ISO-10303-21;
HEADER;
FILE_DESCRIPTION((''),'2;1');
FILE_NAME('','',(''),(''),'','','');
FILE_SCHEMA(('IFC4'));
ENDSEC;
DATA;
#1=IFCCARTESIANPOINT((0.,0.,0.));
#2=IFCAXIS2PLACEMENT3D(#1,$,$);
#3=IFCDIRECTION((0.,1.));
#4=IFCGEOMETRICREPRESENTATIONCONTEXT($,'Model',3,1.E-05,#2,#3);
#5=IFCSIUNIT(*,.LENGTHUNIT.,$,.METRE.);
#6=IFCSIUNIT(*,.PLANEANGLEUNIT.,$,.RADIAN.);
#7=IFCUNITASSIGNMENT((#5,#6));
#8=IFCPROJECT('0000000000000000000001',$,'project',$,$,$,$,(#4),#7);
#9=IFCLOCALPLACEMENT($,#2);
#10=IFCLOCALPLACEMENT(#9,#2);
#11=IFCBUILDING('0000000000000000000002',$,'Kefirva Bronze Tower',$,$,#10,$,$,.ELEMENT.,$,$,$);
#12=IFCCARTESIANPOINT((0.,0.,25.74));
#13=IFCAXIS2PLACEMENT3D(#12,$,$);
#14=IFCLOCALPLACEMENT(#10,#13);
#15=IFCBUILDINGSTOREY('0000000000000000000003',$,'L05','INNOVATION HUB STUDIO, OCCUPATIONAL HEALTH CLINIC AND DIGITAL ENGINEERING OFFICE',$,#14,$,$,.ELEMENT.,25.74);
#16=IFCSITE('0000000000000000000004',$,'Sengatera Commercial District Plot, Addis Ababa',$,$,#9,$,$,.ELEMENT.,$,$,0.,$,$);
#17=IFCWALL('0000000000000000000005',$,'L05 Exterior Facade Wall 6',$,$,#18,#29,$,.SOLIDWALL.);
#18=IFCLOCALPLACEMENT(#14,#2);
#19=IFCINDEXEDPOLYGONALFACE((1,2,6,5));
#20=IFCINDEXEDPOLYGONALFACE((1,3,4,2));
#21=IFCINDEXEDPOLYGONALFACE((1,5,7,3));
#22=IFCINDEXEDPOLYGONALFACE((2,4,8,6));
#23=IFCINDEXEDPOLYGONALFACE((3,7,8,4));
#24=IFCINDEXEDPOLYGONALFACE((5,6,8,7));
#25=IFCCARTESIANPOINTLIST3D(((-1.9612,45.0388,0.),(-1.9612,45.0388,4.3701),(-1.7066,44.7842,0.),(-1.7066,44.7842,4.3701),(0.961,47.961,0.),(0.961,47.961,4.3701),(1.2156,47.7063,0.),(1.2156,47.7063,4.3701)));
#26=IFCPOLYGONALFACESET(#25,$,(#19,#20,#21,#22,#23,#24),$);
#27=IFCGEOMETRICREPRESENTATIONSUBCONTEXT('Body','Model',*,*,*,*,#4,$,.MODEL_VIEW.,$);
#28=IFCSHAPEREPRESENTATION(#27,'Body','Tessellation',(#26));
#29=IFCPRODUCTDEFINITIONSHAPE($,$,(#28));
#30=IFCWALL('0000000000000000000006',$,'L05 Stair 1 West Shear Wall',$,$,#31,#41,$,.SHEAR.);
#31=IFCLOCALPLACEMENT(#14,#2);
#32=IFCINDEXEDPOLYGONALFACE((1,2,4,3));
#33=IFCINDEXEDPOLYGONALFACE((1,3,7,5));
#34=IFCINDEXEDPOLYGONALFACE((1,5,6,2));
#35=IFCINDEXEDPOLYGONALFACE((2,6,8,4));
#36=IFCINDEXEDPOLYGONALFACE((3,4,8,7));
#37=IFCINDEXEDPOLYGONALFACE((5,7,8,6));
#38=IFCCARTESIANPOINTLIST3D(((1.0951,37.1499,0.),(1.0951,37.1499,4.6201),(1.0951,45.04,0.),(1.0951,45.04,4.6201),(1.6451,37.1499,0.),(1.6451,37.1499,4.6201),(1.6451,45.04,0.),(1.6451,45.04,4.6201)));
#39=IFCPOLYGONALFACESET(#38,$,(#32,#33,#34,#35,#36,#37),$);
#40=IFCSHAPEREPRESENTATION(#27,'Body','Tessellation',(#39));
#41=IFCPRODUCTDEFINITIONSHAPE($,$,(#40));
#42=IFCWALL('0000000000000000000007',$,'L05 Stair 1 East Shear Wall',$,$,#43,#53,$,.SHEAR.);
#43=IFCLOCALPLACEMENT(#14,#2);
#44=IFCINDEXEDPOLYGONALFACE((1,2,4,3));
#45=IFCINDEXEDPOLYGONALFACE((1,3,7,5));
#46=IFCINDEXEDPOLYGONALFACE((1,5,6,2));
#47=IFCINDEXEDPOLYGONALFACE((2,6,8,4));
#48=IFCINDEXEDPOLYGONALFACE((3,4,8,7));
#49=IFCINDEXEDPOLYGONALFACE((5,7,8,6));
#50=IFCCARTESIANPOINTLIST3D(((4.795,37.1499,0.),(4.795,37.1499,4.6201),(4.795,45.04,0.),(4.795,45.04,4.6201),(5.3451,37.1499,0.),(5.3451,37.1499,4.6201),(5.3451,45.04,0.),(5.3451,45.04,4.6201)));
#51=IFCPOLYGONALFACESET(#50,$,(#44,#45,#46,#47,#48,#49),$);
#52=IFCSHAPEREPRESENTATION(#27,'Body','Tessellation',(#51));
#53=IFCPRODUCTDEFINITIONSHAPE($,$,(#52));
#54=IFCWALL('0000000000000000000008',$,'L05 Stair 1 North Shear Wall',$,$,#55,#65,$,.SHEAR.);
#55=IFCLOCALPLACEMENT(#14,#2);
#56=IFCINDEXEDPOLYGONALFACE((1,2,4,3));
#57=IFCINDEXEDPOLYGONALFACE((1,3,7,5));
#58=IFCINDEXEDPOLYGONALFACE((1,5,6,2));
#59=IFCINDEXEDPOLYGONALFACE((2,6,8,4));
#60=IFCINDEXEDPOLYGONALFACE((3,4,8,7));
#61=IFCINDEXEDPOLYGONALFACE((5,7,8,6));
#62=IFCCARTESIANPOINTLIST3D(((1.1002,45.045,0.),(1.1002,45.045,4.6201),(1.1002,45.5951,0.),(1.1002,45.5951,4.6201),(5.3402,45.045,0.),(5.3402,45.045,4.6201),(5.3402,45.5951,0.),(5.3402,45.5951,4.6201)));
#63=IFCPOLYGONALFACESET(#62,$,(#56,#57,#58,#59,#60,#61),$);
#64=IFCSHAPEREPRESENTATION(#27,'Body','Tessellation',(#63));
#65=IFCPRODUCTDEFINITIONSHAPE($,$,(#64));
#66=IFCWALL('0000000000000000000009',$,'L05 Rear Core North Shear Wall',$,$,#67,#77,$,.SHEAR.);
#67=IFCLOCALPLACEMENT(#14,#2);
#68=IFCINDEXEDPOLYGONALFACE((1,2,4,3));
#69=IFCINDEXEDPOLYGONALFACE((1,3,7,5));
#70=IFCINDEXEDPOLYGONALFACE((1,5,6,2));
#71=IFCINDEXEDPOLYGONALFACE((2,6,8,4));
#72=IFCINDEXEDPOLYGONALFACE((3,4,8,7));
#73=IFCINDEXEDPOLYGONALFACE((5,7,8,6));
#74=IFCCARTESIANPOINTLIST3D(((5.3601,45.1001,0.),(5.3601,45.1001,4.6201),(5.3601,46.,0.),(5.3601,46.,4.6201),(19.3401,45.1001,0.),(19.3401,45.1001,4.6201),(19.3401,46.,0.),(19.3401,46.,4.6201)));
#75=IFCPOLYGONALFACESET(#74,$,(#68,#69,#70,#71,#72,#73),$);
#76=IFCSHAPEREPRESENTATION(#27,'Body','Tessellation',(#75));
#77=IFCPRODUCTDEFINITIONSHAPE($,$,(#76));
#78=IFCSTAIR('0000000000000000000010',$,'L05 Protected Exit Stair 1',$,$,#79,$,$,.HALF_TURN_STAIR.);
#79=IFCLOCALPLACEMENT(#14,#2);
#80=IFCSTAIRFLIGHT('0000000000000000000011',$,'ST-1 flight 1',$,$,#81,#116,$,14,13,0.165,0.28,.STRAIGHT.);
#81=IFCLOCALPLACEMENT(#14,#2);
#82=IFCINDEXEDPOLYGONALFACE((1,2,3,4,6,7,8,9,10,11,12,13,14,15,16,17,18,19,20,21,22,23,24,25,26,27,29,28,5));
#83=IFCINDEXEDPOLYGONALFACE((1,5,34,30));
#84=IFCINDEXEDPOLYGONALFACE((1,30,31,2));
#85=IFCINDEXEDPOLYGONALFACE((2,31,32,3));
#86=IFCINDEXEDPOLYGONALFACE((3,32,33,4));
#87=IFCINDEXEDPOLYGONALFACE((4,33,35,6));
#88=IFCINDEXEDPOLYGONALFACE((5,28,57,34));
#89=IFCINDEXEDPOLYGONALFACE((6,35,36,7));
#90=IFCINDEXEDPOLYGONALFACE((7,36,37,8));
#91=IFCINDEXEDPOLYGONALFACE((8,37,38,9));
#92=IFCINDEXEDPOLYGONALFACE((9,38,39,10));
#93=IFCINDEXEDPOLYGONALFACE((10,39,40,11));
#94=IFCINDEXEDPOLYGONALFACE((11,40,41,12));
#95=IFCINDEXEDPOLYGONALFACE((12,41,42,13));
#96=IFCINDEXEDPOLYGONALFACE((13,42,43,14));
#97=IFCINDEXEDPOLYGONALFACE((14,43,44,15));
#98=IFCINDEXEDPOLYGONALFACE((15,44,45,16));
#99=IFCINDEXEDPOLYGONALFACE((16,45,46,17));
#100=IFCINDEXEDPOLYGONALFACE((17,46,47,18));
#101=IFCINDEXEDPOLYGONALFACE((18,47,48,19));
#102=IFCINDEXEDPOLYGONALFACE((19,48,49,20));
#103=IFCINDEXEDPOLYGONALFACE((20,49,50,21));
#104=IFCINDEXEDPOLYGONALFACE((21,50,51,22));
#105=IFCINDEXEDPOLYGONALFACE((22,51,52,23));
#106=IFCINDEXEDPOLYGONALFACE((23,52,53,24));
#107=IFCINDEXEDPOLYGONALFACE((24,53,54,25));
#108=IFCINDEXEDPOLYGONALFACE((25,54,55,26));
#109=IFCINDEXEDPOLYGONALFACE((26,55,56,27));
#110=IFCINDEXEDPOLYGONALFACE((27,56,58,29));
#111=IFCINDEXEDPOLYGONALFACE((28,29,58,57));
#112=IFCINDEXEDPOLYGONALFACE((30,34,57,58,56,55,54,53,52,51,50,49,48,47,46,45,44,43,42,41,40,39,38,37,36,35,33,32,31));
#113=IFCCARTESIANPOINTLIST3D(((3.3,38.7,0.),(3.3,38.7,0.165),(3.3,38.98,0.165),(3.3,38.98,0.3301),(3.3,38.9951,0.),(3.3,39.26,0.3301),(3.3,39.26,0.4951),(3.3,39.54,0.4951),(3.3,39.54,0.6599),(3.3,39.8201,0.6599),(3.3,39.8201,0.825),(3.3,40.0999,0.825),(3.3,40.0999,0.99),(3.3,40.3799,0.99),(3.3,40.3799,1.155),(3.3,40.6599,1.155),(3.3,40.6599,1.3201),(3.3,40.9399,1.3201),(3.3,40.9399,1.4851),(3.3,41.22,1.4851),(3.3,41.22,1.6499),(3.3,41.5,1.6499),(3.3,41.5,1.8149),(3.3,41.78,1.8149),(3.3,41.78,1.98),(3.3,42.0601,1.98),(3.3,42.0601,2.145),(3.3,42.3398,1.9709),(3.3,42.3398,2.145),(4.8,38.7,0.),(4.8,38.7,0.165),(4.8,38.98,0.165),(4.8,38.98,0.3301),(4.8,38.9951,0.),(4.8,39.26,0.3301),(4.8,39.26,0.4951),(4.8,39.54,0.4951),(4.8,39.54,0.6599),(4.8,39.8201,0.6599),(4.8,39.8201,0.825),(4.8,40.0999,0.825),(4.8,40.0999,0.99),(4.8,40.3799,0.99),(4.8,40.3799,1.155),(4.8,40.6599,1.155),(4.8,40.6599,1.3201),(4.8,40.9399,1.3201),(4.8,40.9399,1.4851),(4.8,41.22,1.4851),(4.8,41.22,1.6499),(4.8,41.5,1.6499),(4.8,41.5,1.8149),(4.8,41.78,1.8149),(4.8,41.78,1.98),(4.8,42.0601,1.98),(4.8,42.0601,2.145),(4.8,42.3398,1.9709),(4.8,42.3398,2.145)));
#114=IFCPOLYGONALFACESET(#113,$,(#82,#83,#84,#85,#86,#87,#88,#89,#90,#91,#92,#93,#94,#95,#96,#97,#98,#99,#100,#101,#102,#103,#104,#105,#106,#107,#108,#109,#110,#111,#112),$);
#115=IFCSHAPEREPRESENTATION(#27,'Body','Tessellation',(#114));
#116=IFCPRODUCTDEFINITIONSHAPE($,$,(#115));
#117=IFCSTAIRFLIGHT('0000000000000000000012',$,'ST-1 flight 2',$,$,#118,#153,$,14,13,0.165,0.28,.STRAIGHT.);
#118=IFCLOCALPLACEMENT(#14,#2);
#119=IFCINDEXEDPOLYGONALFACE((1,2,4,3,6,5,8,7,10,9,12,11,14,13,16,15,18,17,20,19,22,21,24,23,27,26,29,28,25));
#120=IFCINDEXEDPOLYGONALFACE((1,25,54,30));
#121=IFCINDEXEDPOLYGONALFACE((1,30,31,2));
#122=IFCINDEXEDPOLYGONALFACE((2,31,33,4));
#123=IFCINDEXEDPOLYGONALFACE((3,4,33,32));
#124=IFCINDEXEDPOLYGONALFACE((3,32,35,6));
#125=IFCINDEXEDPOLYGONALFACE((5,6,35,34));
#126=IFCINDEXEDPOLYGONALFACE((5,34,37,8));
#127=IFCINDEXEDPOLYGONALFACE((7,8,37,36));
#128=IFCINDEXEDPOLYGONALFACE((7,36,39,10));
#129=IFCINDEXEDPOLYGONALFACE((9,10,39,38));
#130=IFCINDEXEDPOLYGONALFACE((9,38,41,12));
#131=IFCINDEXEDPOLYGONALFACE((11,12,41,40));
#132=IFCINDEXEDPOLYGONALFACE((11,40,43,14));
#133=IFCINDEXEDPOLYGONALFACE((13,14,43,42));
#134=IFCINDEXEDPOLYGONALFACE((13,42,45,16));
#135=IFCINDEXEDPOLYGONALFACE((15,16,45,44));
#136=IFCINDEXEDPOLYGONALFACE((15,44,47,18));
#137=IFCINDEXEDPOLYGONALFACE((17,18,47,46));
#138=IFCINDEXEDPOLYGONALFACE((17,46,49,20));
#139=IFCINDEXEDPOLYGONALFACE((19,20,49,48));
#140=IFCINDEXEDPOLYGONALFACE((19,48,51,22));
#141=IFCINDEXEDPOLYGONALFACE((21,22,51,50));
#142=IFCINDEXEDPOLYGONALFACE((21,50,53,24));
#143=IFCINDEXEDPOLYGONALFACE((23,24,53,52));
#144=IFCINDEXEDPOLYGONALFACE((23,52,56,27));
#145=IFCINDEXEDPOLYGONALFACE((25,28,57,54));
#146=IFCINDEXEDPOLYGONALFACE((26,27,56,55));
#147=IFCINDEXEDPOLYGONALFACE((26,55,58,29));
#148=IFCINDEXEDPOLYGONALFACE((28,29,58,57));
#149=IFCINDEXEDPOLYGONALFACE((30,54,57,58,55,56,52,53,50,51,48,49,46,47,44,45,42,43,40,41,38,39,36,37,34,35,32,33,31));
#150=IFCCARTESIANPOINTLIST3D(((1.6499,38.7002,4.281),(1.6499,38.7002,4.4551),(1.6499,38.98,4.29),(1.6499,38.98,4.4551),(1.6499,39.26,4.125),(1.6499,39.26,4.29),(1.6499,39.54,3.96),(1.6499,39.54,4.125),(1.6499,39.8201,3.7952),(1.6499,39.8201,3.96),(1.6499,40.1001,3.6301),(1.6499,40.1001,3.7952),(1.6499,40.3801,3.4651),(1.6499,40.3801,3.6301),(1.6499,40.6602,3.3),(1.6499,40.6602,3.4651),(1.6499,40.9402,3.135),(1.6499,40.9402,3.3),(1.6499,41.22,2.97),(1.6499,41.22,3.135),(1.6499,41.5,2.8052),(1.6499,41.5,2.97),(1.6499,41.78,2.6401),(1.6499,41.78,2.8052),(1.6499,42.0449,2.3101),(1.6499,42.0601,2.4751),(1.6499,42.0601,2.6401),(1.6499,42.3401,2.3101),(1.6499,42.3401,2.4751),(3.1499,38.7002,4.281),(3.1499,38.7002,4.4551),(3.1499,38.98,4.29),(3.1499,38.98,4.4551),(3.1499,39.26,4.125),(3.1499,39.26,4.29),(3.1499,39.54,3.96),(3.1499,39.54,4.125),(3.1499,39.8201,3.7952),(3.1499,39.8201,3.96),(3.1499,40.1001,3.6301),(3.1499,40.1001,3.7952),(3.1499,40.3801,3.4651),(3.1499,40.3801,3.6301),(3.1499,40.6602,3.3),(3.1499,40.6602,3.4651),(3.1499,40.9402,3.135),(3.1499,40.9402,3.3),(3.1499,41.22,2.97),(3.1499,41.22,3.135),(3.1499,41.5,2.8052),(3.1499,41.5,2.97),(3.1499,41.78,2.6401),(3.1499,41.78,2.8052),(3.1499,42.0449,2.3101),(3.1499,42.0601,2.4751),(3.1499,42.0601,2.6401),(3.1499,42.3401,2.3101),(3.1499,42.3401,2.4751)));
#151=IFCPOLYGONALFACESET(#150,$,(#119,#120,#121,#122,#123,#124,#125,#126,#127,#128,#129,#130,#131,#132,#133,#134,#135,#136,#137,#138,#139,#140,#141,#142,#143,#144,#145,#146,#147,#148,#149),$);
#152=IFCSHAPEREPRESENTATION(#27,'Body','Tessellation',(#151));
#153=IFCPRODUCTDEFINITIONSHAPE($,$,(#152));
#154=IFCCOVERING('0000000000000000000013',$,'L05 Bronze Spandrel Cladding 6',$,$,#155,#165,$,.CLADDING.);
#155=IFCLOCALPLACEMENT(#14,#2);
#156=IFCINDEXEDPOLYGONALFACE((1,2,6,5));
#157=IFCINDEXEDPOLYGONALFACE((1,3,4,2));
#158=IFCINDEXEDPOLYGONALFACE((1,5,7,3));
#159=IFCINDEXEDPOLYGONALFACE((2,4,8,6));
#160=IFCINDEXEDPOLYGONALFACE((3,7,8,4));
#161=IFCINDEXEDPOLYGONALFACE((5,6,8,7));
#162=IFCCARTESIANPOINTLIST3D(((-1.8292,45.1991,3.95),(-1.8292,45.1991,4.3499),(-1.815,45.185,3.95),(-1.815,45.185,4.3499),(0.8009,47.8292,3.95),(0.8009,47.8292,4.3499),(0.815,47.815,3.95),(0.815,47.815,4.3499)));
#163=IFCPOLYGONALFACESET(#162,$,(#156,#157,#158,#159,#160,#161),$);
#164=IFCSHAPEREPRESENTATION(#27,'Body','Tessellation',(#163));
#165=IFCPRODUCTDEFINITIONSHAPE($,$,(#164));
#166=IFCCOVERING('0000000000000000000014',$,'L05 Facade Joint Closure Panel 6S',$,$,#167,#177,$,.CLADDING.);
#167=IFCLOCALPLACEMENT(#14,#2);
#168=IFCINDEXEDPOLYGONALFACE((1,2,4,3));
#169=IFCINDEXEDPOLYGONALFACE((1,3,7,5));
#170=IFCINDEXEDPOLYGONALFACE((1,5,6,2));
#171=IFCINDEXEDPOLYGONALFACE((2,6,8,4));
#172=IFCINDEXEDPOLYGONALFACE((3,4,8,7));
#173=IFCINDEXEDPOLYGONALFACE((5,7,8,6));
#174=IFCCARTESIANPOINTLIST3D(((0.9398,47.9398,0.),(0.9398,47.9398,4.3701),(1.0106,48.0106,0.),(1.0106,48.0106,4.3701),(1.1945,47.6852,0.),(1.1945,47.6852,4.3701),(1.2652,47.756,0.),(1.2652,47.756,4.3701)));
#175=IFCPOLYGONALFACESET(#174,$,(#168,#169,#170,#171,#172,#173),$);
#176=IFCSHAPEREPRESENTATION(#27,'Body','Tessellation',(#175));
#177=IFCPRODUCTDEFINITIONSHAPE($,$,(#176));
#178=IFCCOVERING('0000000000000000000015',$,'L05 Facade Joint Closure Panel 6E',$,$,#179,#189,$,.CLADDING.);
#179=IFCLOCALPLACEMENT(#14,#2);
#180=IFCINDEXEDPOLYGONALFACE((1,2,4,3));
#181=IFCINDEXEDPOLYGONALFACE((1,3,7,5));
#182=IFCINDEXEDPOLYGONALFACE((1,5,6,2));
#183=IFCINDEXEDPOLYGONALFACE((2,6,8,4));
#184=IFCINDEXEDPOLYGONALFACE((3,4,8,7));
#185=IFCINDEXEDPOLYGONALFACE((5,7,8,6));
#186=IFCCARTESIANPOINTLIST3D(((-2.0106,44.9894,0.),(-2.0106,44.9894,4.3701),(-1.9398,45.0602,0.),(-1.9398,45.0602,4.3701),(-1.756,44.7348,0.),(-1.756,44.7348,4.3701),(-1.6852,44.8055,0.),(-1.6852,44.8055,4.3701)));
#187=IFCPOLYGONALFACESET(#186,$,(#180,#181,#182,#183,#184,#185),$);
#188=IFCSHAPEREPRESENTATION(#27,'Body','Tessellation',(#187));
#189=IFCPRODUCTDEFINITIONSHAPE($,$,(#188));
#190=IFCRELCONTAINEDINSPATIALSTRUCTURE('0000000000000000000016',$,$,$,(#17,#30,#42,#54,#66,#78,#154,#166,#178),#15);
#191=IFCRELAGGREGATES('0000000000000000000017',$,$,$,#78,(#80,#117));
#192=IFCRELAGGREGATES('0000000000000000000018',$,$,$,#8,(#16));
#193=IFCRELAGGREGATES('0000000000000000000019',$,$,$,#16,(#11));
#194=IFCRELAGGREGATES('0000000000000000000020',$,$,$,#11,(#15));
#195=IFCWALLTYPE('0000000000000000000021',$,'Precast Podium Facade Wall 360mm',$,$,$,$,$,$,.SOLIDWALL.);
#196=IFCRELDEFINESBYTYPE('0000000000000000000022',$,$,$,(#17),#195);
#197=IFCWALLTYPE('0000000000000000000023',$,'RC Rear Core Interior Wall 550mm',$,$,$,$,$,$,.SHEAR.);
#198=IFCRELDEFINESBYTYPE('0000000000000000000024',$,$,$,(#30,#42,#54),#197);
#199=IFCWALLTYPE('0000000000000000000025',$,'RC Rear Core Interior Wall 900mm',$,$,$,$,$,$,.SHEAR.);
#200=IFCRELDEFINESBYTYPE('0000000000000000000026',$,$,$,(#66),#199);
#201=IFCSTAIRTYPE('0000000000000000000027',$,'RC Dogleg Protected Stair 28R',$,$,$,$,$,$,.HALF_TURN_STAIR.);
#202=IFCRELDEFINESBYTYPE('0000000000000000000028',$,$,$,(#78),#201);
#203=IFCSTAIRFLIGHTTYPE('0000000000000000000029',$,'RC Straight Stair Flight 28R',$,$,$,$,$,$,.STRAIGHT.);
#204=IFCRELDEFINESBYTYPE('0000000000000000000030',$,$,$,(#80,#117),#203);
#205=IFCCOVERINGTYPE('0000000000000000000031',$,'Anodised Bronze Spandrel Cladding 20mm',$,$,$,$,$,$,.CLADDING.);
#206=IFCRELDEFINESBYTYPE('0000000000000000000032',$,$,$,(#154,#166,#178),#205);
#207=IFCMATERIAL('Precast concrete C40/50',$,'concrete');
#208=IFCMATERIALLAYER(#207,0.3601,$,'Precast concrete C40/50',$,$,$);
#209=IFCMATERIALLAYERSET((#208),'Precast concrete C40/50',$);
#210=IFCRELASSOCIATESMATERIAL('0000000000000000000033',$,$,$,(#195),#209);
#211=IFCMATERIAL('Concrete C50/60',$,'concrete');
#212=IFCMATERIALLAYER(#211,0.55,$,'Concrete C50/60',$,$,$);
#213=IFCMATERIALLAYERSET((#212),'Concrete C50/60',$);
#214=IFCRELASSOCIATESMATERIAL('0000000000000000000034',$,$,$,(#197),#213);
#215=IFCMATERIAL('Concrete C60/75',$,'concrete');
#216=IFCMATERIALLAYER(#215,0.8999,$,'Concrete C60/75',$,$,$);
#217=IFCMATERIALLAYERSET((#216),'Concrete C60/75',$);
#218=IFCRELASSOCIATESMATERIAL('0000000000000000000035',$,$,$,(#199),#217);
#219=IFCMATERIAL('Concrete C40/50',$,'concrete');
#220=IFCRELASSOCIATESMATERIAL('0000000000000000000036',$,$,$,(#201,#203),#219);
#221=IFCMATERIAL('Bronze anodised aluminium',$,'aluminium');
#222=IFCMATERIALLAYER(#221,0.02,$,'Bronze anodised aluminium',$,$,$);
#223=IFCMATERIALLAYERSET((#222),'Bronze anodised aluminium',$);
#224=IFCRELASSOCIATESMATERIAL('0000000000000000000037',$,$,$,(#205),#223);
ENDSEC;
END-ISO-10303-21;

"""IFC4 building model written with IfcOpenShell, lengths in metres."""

from ifc_helpers import new_model, si_unit, direction, frame, frame_2d, origin, origin_2d, place, context, subcontext, project, spatial, polyline, rectangle, outline, extrude, material, layer, layer_set, type_object, element, aggregate, save


model = new_model("IFC4")

# Units and contexts
model_context = context("Model", 3, precision=1e-05, world=origin(), true_north=direction((0.0, 1.0)))
body_context = subcontext(model_context, "Body", "Model", "MODEL_VIEW")
ifc_project = project(units=[si_unit("LENGTHUNIT", "METRE"), si_unit("PLANEANGLEUNIT", "RADIAN")], contexts=[model_context])

# Site, building, storey
site_placement = place(None, origin())
site = spatial("IfcSite", under=ifc_project, at=site_placement, Name="Sengatera Commercial District Plot, Addis Ababa", CompositionType="ELEMENT", RefElevation=0.0)
building_placement = place(site_placement, origin())
building = spatial("IfcBuilding", under=site, at=building_placement, Name="Kefirva Bronze Tower", CompositionType="ELEMENT")
storey_placement = place(building_placement, frame((0.0, 0.0, 25.74)))
storey = spatial("IfcBuildingStorey", under=building, at=storey_placement, Name="L05", Description="INNOVATION HUB STUDIO, OCCUPATIONAL HEALTH CLINIC AND DIGITAL ENGINEERING OFFICE", CompositionType="ELEMENT", Elevation=25.74)

# Shared definitions
ifc_material_1 = material(Name="Concrete C60/75", Category="concrete")

# Shared definitions
ifc_material_2 = material(Name="Bronze anodised aluminium", Category="aluminium")

# Shared definitions
ifc_material_3 = material(Name="Concrete C50/60", Category="concrete")

# Walls
ifc_material_4 = material(Name="Precast concrete C40/50", Category="concrete")
ifc_layer_1 = layer(ifc_material_4, 0.3601, Name="Precast concrete C40/50")
ifc_layer_set_1 = layer_set([ifc_layer_1], Name="Precast concrete C40/50")
wall_type_1 = type_object("IfcWallType", Name="Precast Podium Facade Wall 360mm", PredefinedType="SOLIDWALL", material=ifc_layer_set_1)
wall_1_placement = place(storey_placement, frame((1.0884, 47.8337, 0.0), z_axis=(0.0, 0.0, 1.0), x_axis=(-0.707107, -0.707107, 0.0)))
element("IfcWall", 1, at=wall_1_placement, inside=storey, type_object=wall_type_1, Name="L05 Exterior Facade Wall 6", PredefinedType="SOLIDWALL", context=body_context, shape_type="SweptSolid", body=[
    extrude(rectangle(XDim=4.1326, YDim=0.3601, at=frame_2d((2.0664, 0.0))), origin(), (0.0, 0.0, 1.0), 4.3701),
])
ifc_layer_2 = layer(ifc_material_3, 0.55, Name="Concrete C50/60")
ifc_layer_set_2 = layer_set([ifc_layer_2], Name="Concrete C50/60")
wall_type_2 = type_object("IfcWallType", Name="RC Rear Core Interior Wall 550mm", PredefinedType="SHEAR", material=ifc_layer_set_2)
for number, where, z_axis, x_axis, name in (
    (2, (1.3701, 37.1499, 0.0), (0.0, 0.0, 1.0), (0.0, 1.0, 0.0), "L05 Stair 1 West Shear Wall"),
    (3, (5.0701, 37.1499, 0.0), (0.0, 0.0, 1.0), (0.0, 1.0, 0.0), "L05 Stair 1 East Shear Wall"),
):
    element("IfcWall", number, at=place(storey_placement, frame(where, z_axis=z_axis, x_axis=x_axis)), inside=storey, type_object=wall_type_2, Name=name, PredefinedType="SHEAR", context=body_context, shape_type="SweptSolid", body=[
        extrude(rectangle(XDim=7.8901, YDim=0.55, at=frame_2d((3.9451, 0.0))), origin(), (0.0, 0.0, 1.0), 4.6201),
    ])
wall_2_placement = place(storey_placement, frame((1.1001, 45.3201, 0.0), z_axis=(0.0, 0.0, 1.0), x_axis=(1.0, 0.0, 0.0)))
element("IfcWall", 4, at=wall_2_placement, inside=storey, type_object=wall_type_2, Name="L05 Stair 1 North Shear Wall", PredefinedType="SHEAR", context=body_context, shape_type="SweptSolid", body=[
    extrude(rectangle(XDim=4.24, YDim=0.55, at=frame_2d((2.1201, 0.0))), origin(), (0.0, 0.0, 1.0), 4.6201),
])
ifc_layer_3 = layer(ifc_material_1, 0.8999, Name="Concrete C60/75")
ifc_layer_set_3 = layer_set([ifc_layer_3], Name="Concrete C60/75")
wall_type_3 = type_object("IfcWallType", Name="RC Rear Core Interior Wall 900mm", PredefinedType="SHEAR", material=ifc_layer_set_3)
wall_3_placement = place(storey_placement, frame((5.3601, 45.55, 0.0), z_axis=(0.0, 0.0, 1.0), x_axis=(1.0, 0.0, 0.0)))
element("IfcWall", 5, at=wall_3_placement, inside=storey, type_object=wall_type_3, Name="L05 Rear Core North Shear Wall", PredefinedType="SHEAR", context=body_context, shape_type="SweptSolid", body=[
    extrude(rectangle(XDim=13.98, YDim=0.8999, at=frame_2d((6.99, 0.0))), origin(), (0.0, 0.0, 1.0), 4.6201),
])

# Stair, stair flights
ifc_material_5 = material(Name="Concrete C40/50", Category="concrete")
stair_type = type_object("IfcStairType", Name="RC Dogleg Protected Stair 28R", PredefinedType="HALF_TURN_STAIR", material=ifc_material_5)
stair_placement = place(storey_placement, origin())
stair = element("IfcStair", 6, at=stair_placement, inside=storey, type_object=stair_type, Name="L05 Protected Exit Stair 1", PredefinedType="HALF_TURN_STAIR")
stair_flight_type = type_object("IfcStairFlightType", Name="RC Straight Stair Flight 28R", PredefinedType="STRAIGHT", material=ifc_material_5)
stair_flight_1_placement = place(storey_placement, frame((4.05, 38.7, 0.0), z_axis=(0.0, 0.0, 1.0), x_axis=(0.0, 1.0, 0.0)))
stair_flight_1 = element("IfcStairFlight", 7, at=stair_flight_1_placement, type_object=stair_flight_type, Name="ST-1 flight 1", NumberOfRisers=14, NumberOfTreads=13, PredefinedType="STRAIGHT", RiserHeight=0.165, TreadLength=0.28, context=body_context, shape_type="SweptSolid", body=[
    extrude(outline(polyline([(0.0, 0.0), (0.0, 0.165), (0.28, 0.165), (0.28, 0.3301), (0.5601, 0.3301), (0.5601, 0.4951), (0.8401, 0.4951), (0.8401, 0.6599), (1.1201, 0.6599), (1.1201, 0.825), (1.3999, 0.825), (1.3999, 0.99), (1.6799, 0.99), (1.6799, 1.155), (1.96, 1.155), (1.96, 1.3201), (2.24, 1.3201), (2.24, 1.4851), (2.52, 1.4851), (2.52, 1.6499), (2.8, 1.6499), (2.8, 1.8149), (3.0801, 1.8149), (3.0801, 1.98), (3.3601, 1.98), (3.3601, 2.145), (3.6399, 2.145), (3.6399, 2.3101), (3.6399, 1.9709), (0.2952, 0.0), (0.0, 0.0)])), frame((0.0, 0.75, 0.0), z_axis=(0.0, -1.0, 0.0), x_axis=(1.0, 0.0, 0.0)), (0.0, 0.0, 1.0), 1.5),
])
stair_flight_2_placement = place(storey_placement, frame((2.3999, 42.3401, 2.3101), z_axis=(0.0, 0.0, 1.0), x_axis=(0.0, -1.0, 0.0)))
stair_flight_2 = element("IfcStairFlight", 8, at=stair_flight_2_placement, type_object=stair_flight_type, Name="ST-1 flight 2", NumberOfRisers=14, NumberOfTreads=13, PredefinedType="STRAIGHT", RiserHeight=0.165, TreadLength=0.28, context=body_context, shape_type="SweptSolid", body=[
    extrude(outline(polyline([(0.0, 0.0), (0.0, 0.165), (0.28, 0.165), (0.28, 0.3301), (0.5601, 0.3301), (0.5601, 0.4951), (0.8401, 0.4951), (0.8401, 0.6599), (1.1201, 0.6599), (1.1201, 0.825), (1.3999, 0.825), (1.3999, 0.99), (1.6799, 0.99), (1.6799, 1.155), (1.96, 1.155), (1.96, 1.3201), (2.24, 1.3201), (2.24, 1.4851), (2.52, 1.4851), (2.52, 1.6499), (2.8, 1.6499), (2.8, 1.8149), (3.0801, 1.8149), (3.0801, 1.98), (3.3601, 1.98), (3.3601, 2.145), (3.6399, 2.145), (3.6399, 2.3101), (3.6399, 1.9709), (0.2952, 0.0), (0.0, 0.0)])), frame((0.0, 0.75, 0.0), z_axis=(0.0, -1.0, 0.0), x_axis=(1.0, 0.0, 0.0)), (0.0, 0.0, 1.0), 1.5),
])
aggregate(stair, [stair_flight_1, stair_flight_2])

# Coverings
ifc_layer_4 = layer(ifc_material_2, 0.02, Name="Bronze anodised aluminium")
ifc_layer_set_4 = layer_set([ifc_layer_4], Name="Bronze anodised aluminium")
covering_type_1 = type_object("IfcCoveringType", Name="Anodised Bronze Spandrel Cladding 20mm", PredefinedType="CLADDING", material=ifc_layer_set_4)
covering_1_placement = place(storey_placement, frame((-0.5071, 46.5071, 3.95), z_axis=(0.0, 0.0, 1.0), x_axis=(-0.707107, -0.707107, 0.0)))
element("IfcCovering", 9, at=covering_1_placement, inside=storey, type_object=covering_type_1, Name="L05 Bronze Spandrel Cladding 6", PredefinedType="CLADDING", context=body_context, shape_type="SweptSolid", body=[
    extrude(rectangle(XDim=3.7195, YDim=0.02, at=origin_2d()), origin(), (0.0, 0.0, 1.0), 0.3999),
])
for number, where, z_axis, x_axis, name in (
    (10, (1.1025, 47.8479, 0.0), (0.0, 0.0, 1.0), (-0.707107, -0.707107, 0.0), "L05 Facade Joint Closure Panel 6S"),
    (11, (-1.8479, 44.8975, 0.0), (0.0, 0.0, 1.0), (-0.707107, -0.707107, 0.0), "L05 Facade Joint Closure Panel 6E"),
):
    element("IfcCovering", number, at=place(storey_placement, frame(where, z_axis=z_axis, x_axis=x_axis)), inside=storey, type_object=covering_type_1, Name=name, PredefinedType="CLADDING", context=body_context, shape_type="SweptSolid", body=[
        extrude(rectangle(XDim=0.1001, YDim=0.3601, at=origin_2d()), origin(), (0.0, 0.0, 1.0), 4.3701),
    ])

save(model, "model.ifc")
